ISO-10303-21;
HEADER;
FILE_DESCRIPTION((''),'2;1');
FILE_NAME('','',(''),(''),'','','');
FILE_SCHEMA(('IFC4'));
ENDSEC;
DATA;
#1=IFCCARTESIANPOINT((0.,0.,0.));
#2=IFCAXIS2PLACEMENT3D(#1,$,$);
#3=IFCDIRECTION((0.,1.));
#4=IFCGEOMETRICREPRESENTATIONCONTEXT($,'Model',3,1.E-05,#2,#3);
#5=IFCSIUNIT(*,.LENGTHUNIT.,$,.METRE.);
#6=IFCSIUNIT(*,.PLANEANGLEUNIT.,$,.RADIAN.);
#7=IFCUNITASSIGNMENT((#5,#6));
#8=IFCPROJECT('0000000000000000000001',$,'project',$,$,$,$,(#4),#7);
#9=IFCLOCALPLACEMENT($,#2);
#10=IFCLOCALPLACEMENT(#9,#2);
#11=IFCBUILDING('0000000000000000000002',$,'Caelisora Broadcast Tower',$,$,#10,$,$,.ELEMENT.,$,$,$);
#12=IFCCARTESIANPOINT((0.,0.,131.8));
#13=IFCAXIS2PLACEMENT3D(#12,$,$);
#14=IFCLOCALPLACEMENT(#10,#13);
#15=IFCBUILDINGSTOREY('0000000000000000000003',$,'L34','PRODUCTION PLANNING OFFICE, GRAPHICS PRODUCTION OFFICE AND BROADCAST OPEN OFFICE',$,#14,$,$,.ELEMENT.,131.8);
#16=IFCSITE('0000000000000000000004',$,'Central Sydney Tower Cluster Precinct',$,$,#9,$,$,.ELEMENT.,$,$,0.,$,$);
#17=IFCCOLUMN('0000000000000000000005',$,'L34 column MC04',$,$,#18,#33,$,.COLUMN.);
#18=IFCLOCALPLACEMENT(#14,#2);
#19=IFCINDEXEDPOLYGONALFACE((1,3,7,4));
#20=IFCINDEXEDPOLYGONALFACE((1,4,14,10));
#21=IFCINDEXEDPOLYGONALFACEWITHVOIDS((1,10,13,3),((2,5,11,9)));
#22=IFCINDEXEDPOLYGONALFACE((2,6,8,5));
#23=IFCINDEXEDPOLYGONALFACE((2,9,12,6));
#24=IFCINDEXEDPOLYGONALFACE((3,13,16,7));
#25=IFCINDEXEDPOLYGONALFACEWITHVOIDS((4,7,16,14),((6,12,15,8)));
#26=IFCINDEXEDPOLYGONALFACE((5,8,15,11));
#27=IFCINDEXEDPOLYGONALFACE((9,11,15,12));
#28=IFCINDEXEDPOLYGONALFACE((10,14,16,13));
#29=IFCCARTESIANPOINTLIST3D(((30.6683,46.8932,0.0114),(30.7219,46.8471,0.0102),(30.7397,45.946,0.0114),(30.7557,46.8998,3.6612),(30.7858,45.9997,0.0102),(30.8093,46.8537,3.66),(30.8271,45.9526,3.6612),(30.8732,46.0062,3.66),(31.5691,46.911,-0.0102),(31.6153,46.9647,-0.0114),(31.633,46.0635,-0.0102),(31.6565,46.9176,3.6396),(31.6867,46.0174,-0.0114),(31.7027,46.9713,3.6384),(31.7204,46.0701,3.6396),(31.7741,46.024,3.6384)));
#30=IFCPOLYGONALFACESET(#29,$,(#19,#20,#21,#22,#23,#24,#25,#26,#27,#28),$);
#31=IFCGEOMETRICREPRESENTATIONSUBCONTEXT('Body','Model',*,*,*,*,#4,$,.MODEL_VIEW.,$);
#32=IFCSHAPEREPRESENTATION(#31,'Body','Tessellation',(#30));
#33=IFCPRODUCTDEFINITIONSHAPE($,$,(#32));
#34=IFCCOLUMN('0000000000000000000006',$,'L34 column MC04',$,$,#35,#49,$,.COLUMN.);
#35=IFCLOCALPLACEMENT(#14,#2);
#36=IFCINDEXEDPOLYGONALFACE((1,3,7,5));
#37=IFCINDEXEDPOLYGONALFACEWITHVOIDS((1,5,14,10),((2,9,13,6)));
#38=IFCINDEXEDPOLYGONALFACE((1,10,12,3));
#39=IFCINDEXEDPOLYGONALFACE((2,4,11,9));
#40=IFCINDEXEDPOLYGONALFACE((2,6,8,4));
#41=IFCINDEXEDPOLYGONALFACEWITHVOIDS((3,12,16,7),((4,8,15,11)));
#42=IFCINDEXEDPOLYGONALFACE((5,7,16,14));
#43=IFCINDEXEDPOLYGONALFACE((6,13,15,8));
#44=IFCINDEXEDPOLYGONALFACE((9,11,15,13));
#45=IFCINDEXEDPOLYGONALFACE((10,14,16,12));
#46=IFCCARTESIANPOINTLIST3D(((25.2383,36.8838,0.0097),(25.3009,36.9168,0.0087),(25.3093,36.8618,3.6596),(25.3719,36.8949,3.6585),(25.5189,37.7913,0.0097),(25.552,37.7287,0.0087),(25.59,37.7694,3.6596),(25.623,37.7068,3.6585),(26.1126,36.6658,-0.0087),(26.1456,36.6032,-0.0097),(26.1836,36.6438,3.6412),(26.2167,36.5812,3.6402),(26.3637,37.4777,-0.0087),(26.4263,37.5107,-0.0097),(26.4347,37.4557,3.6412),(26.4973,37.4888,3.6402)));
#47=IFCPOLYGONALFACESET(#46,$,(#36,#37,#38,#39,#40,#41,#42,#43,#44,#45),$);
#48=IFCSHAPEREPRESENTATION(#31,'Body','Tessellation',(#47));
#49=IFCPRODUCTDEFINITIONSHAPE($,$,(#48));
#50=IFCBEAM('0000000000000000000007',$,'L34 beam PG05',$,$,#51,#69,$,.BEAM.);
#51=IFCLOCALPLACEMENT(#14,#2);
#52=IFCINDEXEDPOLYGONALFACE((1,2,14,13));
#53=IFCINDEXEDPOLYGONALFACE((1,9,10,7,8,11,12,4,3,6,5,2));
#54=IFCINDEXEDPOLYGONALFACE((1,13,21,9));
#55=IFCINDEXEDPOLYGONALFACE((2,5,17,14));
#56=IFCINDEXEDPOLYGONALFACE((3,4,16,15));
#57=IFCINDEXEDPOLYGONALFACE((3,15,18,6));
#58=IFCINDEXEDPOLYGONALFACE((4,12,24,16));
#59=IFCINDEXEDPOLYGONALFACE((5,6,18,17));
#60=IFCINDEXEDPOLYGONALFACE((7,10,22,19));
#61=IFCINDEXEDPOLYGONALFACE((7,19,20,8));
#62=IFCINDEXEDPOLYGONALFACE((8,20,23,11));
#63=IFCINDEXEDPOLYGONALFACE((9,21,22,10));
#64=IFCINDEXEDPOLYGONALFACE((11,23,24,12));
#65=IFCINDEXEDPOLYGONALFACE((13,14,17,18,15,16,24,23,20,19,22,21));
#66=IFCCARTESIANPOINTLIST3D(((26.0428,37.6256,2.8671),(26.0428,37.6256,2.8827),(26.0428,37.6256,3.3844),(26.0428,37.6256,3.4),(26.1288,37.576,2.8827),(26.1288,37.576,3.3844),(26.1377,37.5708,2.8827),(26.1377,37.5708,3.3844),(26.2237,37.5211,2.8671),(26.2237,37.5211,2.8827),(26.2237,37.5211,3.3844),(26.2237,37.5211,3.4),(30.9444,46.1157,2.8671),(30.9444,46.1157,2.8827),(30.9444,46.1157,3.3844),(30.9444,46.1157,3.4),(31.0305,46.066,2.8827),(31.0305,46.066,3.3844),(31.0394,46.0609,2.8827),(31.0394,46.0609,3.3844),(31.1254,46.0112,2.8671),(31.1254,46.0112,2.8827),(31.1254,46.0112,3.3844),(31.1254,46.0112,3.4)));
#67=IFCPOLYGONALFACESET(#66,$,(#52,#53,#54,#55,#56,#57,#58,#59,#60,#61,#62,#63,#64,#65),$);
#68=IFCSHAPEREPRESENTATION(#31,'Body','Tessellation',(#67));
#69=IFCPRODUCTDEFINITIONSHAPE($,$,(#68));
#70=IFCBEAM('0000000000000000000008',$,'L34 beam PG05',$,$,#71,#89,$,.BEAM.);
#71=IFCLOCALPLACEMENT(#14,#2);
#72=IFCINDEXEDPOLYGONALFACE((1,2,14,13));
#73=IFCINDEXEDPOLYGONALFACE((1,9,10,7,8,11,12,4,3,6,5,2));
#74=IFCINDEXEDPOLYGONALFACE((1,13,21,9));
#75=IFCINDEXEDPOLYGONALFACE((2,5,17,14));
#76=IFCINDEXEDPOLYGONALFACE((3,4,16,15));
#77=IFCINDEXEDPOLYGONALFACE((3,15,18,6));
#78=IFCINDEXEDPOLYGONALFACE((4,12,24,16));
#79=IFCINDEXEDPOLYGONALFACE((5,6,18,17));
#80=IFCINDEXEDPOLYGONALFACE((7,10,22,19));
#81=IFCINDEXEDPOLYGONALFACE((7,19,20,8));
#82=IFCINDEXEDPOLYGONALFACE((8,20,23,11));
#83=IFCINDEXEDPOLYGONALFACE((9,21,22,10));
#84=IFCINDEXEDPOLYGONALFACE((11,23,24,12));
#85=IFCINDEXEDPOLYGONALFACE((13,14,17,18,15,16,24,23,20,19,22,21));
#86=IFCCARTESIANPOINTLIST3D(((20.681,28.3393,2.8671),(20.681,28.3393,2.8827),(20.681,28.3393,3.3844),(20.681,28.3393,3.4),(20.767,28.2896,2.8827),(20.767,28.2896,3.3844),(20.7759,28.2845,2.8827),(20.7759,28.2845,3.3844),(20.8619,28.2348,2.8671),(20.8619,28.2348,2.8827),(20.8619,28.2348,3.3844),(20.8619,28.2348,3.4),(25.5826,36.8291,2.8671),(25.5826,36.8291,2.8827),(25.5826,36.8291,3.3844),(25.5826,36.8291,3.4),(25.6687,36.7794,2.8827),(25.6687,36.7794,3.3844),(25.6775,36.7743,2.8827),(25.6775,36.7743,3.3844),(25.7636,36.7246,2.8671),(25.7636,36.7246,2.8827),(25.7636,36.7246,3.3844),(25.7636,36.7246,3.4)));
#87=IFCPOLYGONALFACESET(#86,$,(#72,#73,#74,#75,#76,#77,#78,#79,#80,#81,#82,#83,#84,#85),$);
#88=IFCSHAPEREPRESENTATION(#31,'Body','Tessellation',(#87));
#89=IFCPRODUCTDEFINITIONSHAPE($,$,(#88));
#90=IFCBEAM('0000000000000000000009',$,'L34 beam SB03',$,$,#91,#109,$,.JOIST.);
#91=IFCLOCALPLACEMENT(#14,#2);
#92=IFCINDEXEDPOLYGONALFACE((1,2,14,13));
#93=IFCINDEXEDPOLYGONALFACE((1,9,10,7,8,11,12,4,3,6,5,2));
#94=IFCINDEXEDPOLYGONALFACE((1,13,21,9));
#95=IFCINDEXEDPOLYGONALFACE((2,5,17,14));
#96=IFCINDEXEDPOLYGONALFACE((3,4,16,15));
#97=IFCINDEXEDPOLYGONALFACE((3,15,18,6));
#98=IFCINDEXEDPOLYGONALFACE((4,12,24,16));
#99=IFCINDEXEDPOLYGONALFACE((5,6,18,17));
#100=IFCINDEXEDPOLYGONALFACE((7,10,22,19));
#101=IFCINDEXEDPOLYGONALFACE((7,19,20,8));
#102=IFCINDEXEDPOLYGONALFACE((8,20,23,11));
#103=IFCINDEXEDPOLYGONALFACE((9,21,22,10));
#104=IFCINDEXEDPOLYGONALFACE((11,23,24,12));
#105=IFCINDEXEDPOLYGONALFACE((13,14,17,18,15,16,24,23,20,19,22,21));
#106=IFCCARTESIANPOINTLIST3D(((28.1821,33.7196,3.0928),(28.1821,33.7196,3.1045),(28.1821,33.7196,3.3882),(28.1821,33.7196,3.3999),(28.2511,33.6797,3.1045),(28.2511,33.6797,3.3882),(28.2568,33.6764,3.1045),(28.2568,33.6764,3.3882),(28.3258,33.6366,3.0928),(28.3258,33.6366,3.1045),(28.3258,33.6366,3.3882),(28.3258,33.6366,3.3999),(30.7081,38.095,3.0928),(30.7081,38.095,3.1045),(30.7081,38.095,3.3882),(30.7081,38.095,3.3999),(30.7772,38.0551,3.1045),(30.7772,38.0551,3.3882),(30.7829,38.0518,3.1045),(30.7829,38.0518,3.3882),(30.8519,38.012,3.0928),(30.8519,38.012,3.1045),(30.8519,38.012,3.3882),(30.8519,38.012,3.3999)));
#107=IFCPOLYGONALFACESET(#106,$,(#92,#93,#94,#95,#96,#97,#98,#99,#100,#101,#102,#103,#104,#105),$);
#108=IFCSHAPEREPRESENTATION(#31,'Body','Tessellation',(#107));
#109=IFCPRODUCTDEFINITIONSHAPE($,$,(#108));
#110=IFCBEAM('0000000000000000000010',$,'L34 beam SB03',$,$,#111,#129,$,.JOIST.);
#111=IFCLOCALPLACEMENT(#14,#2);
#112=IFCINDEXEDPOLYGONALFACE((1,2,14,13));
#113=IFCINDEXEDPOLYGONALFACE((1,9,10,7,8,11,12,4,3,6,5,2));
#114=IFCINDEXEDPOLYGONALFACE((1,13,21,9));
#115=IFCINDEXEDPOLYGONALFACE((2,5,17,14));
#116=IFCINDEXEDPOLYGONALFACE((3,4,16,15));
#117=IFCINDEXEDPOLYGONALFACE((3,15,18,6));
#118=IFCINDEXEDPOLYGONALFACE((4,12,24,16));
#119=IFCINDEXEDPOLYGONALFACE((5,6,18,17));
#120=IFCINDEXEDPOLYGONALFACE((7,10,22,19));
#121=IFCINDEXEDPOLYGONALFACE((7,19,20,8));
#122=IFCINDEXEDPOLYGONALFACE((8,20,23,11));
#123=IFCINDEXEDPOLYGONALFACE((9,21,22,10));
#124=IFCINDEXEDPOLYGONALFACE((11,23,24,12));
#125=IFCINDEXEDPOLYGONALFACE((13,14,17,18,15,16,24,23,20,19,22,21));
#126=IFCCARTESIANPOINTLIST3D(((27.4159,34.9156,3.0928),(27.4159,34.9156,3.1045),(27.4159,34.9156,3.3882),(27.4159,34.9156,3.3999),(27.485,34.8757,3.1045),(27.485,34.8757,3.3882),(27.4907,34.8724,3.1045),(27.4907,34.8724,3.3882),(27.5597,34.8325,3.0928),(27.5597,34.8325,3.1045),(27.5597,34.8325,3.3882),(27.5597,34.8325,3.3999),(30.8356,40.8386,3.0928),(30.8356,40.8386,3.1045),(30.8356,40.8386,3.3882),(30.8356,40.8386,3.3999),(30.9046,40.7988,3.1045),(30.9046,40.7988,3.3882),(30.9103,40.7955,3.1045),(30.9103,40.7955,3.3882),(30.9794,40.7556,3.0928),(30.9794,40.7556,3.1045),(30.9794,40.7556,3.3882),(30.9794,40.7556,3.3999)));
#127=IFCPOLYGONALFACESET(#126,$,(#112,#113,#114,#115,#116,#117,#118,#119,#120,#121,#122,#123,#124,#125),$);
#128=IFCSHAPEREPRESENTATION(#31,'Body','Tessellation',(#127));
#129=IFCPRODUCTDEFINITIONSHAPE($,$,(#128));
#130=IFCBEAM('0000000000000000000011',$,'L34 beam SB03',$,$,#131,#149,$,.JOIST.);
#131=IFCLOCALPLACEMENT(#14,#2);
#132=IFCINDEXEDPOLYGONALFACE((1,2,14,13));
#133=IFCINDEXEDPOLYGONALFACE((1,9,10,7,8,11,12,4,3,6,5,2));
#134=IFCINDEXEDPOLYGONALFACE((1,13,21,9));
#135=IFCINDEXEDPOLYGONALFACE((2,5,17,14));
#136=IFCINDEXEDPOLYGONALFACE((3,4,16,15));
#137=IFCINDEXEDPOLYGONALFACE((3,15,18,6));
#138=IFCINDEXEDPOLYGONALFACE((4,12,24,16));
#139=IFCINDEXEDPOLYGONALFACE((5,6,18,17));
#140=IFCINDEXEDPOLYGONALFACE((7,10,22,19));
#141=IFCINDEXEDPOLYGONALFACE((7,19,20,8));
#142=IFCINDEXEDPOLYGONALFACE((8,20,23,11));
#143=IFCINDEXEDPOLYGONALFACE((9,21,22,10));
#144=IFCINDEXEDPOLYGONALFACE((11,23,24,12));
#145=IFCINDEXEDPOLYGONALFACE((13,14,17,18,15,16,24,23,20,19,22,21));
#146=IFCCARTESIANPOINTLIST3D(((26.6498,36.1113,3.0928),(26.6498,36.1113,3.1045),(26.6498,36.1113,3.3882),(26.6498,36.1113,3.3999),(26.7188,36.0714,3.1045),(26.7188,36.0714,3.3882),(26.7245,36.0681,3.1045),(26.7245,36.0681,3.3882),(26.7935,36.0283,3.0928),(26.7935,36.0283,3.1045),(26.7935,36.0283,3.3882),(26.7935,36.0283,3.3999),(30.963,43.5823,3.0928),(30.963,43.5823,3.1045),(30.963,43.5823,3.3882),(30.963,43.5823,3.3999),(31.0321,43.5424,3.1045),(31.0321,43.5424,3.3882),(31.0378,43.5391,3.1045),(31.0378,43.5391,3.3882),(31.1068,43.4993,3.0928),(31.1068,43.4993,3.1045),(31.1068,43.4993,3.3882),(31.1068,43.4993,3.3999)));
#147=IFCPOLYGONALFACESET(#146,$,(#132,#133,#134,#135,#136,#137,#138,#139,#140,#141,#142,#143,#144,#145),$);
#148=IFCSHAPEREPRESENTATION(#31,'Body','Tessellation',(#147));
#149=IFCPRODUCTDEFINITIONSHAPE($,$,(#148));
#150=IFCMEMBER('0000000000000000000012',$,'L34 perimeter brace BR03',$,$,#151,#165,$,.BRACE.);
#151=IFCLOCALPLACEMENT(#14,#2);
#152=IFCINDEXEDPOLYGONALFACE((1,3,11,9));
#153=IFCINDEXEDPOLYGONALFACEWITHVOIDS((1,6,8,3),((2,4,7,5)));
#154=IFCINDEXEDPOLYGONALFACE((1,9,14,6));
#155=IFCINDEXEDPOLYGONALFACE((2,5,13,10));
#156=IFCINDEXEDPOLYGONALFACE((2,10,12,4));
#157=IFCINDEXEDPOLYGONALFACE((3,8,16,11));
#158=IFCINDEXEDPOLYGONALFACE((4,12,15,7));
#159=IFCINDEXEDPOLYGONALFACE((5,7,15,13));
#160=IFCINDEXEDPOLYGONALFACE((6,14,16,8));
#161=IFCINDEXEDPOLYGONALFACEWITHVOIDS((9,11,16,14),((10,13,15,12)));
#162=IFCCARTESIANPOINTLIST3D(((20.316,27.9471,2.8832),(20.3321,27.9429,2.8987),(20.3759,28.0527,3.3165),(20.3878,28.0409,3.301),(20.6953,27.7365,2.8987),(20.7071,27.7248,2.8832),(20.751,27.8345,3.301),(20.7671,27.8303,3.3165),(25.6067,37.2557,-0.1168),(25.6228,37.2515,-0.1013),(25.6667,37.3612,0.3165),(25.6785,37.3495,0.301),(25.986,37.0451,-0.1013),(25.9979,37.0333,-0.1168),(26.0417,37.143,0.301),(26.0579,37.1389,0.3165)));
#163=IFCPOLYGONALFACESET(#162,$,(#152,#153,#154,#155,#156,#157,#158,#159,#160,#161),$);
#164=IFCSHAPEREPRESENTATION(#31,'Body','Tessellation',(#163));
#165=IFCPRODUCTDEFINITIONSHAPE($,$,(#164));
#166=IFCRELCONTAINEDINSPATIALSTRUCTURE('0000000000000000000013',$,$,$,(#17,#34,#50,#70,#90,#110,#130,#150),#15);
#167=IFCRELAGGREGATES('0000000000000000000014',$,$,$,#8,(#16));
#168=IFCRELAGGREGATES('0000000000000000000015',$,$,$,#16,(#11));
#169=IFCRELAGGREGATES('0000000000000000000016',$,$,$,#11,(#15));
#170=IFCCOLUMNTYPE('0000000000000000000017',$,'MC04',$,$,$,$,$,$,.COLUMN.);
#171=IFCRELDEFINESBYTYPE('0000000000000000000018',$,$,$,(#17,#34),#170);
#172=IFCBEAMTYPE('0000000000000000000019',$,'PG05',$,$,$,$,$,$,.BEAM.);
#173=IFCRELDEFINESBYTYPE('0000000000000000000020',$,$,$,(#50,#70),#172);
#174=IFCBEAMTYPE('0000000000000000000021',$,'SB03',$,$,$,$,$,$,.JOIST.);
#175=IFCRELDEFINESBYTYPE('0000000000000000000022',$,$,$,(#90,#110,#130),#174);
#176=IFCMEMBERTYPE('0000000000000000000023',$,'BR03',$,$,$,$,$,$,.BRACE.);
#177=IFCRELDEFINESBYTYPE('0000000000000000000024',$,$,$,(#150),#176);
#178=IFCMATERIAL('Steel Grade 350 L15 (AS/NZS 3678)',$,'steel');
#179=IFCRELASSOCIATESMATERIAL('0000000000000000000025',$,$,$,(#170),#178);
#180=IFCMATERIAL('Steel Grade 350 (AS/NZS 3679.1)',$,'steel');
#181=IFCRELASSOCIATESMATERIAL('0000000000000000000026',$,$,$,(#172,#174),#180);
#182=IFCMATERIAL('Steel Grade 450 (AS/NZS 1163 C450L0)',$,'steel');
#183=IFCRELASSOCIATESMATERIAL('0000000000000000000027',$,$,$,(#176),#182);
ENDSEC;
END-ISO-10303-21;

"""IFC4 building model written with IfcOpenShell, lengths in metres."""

from ifc_helpers import new_model, si_unit, direction, frame, origin, origin_2d, place, context, subcontext, project, spatial, hollow_rectangle, i_section, extrude, source, transform, mapped, material, material_profile, profile_set, type_object, type_shapes, element, save


model = new_model("IFC4")

# Units and contexts
model_context = context("Model", 3, precision=1e-05, world=origin(), true_north=direction((0.0, 1.0)))
body_context = subcontext(model_context, "Body", "Model", "MODEL_VIEW")
ifc_project = project(units=[si_unit("LENGTHUNIT", "METRE"), si_unit("PLANEANGLEUNIT", "RADIAN")], contexts=[model_context])

# Site, building, storey
site_placement = place(None, origin())
site = spatial("IfcSite", under=ifc_project, at=site_placement, Name="Central Sydney Tower Cluster Precinct", CompositionType="ELEMENT", RefElevation=0.0)
building_placement = place(site_placement, origin())
building = spatial("IfcBuilding", under=site, at=building_placement, Name="Caelisora Broadcast Tower", CompositionType="ELEMENT")
storey_placement = place(building_placement, frame((0.0, 0.0, 131.8)))
storey = spatial("IfcBuildingStorey", under=building, at=storey_placement, Name="L34", Description="PRODUCTION PLANNING OFFICE, GRAPHICS PRODUCTION OFFICE AND BROADCAST OPEN OFFICE", CompositionType="ELEMENT", Elevation=131.8)

# Columns
ifc_material_1 = material(Name="Steel Grade 350 L15 (AS/NZS 3678)", Category="steel")
ifc_material_profile_1 = material_profile(ifc_material_1, hollow_rectangle(XDim=0.95, YDim=0.95, WallThickness=0.05, at=origin_2d()), Name="Steel Grade 350 L15 (AS/NZS 3678)")
ifc_profile_set_1 = profile_set([ifc_material_profile_1], Name="Steel Grade 350 L15 (AS/NZS 3678)")
column_type = type_object("IfcColumnType", Name="MC04", PredefinedType="COLUMN", material=ifc_profile_set_1)
shared_shape_1 = source(origin(), body_context, "Body", "SweptSolid", [
    extrude(hollow_rectangle(XDim=0.95, YDim=0.95, WallThickness=0.05, at=origin_2d()), origin(), (0.0, 0.0, 1.0), 3.6509),
])
column_1_placement = place(storey_placement, frame((31.1775, 46.4553, 0.0), z_axis=(0.02394, 0.001805, 0.999712), x_axis=(-0.075205, 0.997168, 0.0)))
element("IfcColumn", 1, at=column_1_placement, inside=storey, type_object=column_type, Name="L34 column MC04", PredefinedType="COLUMN", context=body_context, shape_type="MappedRepresentation", body=[
    mapped(shared_shape_1, transform((0.0, 0.0, 0.0), scale=1.0)),
])
shared_shape_2 = source(origin(), body_context, "Body", "SweptSolid", [
    extrude(hollow_rectangle(XDim=0.95, YDim=0.95, WallThickness=0.05, at=origin_2d()), origin(), (0.0, 0.0, 1.0), 3.6506),
])
type_shapes(column_type, [shared_shape_1, shared_shape_2])
column_2_placement = place(storey_placement, frame((25.8323, 37.1973, 0.0), z_axis=(0.019461, -0.006019, 0.999793), x_axis=(0.29547, 0.955352, 0.0)))
element("IfcColumn", 2, at=column_2_placement, inside=storey, type_object=column_type, Name="L34 column MC04", PredefinedType="COLUMN", context=body_context, shape_type="MappedRepresentation", body=[
    mapped(shared_shape_2, transform((0.0, 0.0, 0.0), scale=1.0)),
])

# Beams
ifc_material_2 = material(Name="Steel Grade 350 (AS/NZS 3679.1)", Category="steel")
ifc_material_profile_2 = material_profile(ifc_material_2, i_section(OverallWidth=0.209, OverallDepth=0.533, WebThickness=0.0103, FlangeThickness=0.0156, at=origin_2d()), Name="Steel Grade 350 (AS/NZS 3679.1)")
ifc_profile_set_2 = profile_set([ifc_material_profile_2], Name="Steel Grade 350 (AS/NZS 3679.1)")
beam_type_1 = type_object("IfcBeamType", Name="PG05", PredefinedType="BEAM", material=ifc_profile_set_2)
shared_shape_3 = source(origin(), body_context, "Body", "SweptSolid", [
    extrude(i_section(OverallWidth=0.209, OverallDepth=0.533, WebThickness=0.0103, FlangeThickness=0.0156, at=origin_2d()), origin(), (0.0, 0.0, 1.0), 9.8035),
])
beam_1_placement = place(storey_placement, frame((31.0349, 46.0635, 3.1335), z_axis=(-0.499993, -0.866029, 0.0), x_axis=(0.866029, -0.499993, 0.0)))
element("IfcBeam", 3, at=beam_1_placement, inside=storey, type_object=beam_type_1, Name="L34 beam PG05", PredefinedType="BEAM", context=body_context, shape_type="MappedRepresentation", body=[
    mapped(shared_shape_3, transform((0.0, 0.0, 0.0), scale=1.0)),
])
shared_shape_4 = source(origin(), body_context, "Body", "SweptSolid", [
    extrude(i_section(OverallWidth=0.209, OverallDepth=0.533, WebThickness=0.0103, FlangeThickness=0.0156, at=origin_2d()), origin(), (0.0, 0.0, 1.0), 9.8032),
])
type_shapes(beam_type_1, [shared_shape_3, shared_shape_4])
beam_2_placement = place(storey_placement, frame((25.6731, 36.7769, 3.1335), z_axis=(-0.500004, -0.866023, 0.0), x_axis=(0.866023, -0.500004, 0.0)))
element("IfcBeam", 4, at=beam_2_placement, inside=storey, type_object=beam_type_1, Name="L34 beam PG05", PredefinedType="BEAM", context=body_context, shape_type="MappedRepresentation", body=[
    mapped(shared_shape_4, transform((0.0, 0.0, 0.0), scale=1.0)),
])
ifc_material_profile_3 = material_profile(ifc_material_2, i_section(OverallWidth=0.166, OverallDepth=0.3071, WebThickness=0.0066, FlangeThickness=0.0117, at=origin_2d()), Name="Steel Grade 350 (AS/NZS 3679.1)")
ifc_profile_set_3 = profile_set([ifc_material_profile_3], Name="Steel Grade 350 (AS/NZS 3679.1)")
beam_type_2 = type_object("IfcBeamType", Name="SB03", PredefinedType="JOIST", material=ifc_profile_set_3)
shared_shape_5 = source(origin(), body_context, "Body", "SweptSolid", [
    extrude(i_section(OverallWidth=0.166, OverallDepth=0.3071, WebThickness=0.0066, FlangeThickness=0.0117, at=origin_2d()), origin(), (0.0, 0.0, 1.0), 5.0522),
])
beam_3_placement = place(storey_placement, frame((30.78, 38.0535, 3.2463), z_axis=(-0.49999, -0.866031, 0.0), x_axis=(0.866031, -0.49999, 0.0)))
element("IfcBeam", 5, at=beam_3_placement, inside=storey, type_object=beam_type_2, Name="L34 beam SB03", PredefinedType="JOIST", context=body_context, shape_type="MappedRepresentation", body=[
    mapped(shared_shape_5, transform((0.0, 0.0, 0.0), scale=1.0)),
])
shared_shape_6 = source(origin(), body_context, "Body", "SweptSolid", [
    extrude(i_section(OverallWidth=0.166, OverallDepth=0.3071, WebThickness=0.0066, FlangeThickness=0.0117, at=origin_2d()), origin(), (0.0, 0.0, 1.0), 6.8394),
])
beam_4_placement = place(storey_placement, frame((30.9075, 40.7971, 3.2463), z_axis=(-0.499997, -0.866027, 0.0), x_axis=(0.866027, -0.499997, 0.0)))
element("IfcBeam", 6, at=beam_4_placement, inside=storey, type_object=beam_type_2, Name="L34 beam SB03", PredefinedType="JOIST", context=body_context, shape_type="MappedRepresentation", body=[
    mapped(shared_shape_6, transform((0.0, 0.0, 0.0), scale=1.0)),
])
shared_shape_7 = source(origin(), body_context, "Body", "SweptSolid", [
    extrude(i_section(OverallWidth=0.166, OverallDepth=0.3071, WebThickness=0.0066, FlangeThickness=0.0117, at=origin_2d()), origin(), (0.0, 0.0, 1.0), 8.6267),
])
type_shapes(beam_type_2, [shared_shape_5, shared_shape_6, shared_shape_7])
beam_5_placement = place(storey_placement, frame((31.0349, 43.5408, 3.2463), z_axis=(-0.499989, -0.866031, 0.0), x_axis=(0.866031, -0.499989, 0.0)))
element("IfcBeam", 7, at=beam_5_placement, inside=storey, type_object=beam_type_2, Name="L34 beam SB03", PredefinedType="JOIST", context=body_context, shape_type="MappedRepresentation", body=[
    mapped(shared_shape_7, transform((0.0, 0.0, 0.0), scale=1.0)),
])

# Member
ifc_material_3 = material(Name="Steel Grade 450 (AS/NZS 1163 C450L0)", Category="steel")
ifc_material_profile_4 = material_profile(ifc_material_3, hollow_rectangle(XDim=0.45, YDim=0.45, WallThickness=0.0161, at=origin_2d()), Name="Steel Grade 450 (AS/NZS 1163 C450L0)")
ifc_profile_set_4 = profile_set([ifc_material_profile_4], Name="Steel Grade 450 (AS/NZS 1163 C450L0)")
member_type_1 = type_object("IfcMemberType", Name="BR03", PredefinedType="BRACE", material=ifc_profile_set_4)
shared_shape_8 = source(origin(), body_context, "Body", "SweptSolid", [
    extrude(hollow_rectangle(XDim=0.45, YDim=0.45, WallThickness=0.0161, at=origin_2d()), origin(), (0.0, 0.0, 1.0), 11.1194),
])
type_shapes(member_type_1, [shared_shape_8])
member_1_placement = place(storey_placement, frame((25.8323, 37.1973, 0.0999), z_axis=(-0.475812, -0.837145, 0.269798), x_axis=(0.869384, -0.494136, 0.0)))
element("IfcMember", 8, at=member_1_placement, inside=storey, type_object=member_type_1, Name="L34 perimeter brace BR03", PredefinedType="BRACE", context=body_context, shape_type="MappedRepresentation", body=[
    mapped(shared_shape_8, transform((0.0, 0.0, 0.0), scale=1.0)),
])

save(model, "model.ifc")
